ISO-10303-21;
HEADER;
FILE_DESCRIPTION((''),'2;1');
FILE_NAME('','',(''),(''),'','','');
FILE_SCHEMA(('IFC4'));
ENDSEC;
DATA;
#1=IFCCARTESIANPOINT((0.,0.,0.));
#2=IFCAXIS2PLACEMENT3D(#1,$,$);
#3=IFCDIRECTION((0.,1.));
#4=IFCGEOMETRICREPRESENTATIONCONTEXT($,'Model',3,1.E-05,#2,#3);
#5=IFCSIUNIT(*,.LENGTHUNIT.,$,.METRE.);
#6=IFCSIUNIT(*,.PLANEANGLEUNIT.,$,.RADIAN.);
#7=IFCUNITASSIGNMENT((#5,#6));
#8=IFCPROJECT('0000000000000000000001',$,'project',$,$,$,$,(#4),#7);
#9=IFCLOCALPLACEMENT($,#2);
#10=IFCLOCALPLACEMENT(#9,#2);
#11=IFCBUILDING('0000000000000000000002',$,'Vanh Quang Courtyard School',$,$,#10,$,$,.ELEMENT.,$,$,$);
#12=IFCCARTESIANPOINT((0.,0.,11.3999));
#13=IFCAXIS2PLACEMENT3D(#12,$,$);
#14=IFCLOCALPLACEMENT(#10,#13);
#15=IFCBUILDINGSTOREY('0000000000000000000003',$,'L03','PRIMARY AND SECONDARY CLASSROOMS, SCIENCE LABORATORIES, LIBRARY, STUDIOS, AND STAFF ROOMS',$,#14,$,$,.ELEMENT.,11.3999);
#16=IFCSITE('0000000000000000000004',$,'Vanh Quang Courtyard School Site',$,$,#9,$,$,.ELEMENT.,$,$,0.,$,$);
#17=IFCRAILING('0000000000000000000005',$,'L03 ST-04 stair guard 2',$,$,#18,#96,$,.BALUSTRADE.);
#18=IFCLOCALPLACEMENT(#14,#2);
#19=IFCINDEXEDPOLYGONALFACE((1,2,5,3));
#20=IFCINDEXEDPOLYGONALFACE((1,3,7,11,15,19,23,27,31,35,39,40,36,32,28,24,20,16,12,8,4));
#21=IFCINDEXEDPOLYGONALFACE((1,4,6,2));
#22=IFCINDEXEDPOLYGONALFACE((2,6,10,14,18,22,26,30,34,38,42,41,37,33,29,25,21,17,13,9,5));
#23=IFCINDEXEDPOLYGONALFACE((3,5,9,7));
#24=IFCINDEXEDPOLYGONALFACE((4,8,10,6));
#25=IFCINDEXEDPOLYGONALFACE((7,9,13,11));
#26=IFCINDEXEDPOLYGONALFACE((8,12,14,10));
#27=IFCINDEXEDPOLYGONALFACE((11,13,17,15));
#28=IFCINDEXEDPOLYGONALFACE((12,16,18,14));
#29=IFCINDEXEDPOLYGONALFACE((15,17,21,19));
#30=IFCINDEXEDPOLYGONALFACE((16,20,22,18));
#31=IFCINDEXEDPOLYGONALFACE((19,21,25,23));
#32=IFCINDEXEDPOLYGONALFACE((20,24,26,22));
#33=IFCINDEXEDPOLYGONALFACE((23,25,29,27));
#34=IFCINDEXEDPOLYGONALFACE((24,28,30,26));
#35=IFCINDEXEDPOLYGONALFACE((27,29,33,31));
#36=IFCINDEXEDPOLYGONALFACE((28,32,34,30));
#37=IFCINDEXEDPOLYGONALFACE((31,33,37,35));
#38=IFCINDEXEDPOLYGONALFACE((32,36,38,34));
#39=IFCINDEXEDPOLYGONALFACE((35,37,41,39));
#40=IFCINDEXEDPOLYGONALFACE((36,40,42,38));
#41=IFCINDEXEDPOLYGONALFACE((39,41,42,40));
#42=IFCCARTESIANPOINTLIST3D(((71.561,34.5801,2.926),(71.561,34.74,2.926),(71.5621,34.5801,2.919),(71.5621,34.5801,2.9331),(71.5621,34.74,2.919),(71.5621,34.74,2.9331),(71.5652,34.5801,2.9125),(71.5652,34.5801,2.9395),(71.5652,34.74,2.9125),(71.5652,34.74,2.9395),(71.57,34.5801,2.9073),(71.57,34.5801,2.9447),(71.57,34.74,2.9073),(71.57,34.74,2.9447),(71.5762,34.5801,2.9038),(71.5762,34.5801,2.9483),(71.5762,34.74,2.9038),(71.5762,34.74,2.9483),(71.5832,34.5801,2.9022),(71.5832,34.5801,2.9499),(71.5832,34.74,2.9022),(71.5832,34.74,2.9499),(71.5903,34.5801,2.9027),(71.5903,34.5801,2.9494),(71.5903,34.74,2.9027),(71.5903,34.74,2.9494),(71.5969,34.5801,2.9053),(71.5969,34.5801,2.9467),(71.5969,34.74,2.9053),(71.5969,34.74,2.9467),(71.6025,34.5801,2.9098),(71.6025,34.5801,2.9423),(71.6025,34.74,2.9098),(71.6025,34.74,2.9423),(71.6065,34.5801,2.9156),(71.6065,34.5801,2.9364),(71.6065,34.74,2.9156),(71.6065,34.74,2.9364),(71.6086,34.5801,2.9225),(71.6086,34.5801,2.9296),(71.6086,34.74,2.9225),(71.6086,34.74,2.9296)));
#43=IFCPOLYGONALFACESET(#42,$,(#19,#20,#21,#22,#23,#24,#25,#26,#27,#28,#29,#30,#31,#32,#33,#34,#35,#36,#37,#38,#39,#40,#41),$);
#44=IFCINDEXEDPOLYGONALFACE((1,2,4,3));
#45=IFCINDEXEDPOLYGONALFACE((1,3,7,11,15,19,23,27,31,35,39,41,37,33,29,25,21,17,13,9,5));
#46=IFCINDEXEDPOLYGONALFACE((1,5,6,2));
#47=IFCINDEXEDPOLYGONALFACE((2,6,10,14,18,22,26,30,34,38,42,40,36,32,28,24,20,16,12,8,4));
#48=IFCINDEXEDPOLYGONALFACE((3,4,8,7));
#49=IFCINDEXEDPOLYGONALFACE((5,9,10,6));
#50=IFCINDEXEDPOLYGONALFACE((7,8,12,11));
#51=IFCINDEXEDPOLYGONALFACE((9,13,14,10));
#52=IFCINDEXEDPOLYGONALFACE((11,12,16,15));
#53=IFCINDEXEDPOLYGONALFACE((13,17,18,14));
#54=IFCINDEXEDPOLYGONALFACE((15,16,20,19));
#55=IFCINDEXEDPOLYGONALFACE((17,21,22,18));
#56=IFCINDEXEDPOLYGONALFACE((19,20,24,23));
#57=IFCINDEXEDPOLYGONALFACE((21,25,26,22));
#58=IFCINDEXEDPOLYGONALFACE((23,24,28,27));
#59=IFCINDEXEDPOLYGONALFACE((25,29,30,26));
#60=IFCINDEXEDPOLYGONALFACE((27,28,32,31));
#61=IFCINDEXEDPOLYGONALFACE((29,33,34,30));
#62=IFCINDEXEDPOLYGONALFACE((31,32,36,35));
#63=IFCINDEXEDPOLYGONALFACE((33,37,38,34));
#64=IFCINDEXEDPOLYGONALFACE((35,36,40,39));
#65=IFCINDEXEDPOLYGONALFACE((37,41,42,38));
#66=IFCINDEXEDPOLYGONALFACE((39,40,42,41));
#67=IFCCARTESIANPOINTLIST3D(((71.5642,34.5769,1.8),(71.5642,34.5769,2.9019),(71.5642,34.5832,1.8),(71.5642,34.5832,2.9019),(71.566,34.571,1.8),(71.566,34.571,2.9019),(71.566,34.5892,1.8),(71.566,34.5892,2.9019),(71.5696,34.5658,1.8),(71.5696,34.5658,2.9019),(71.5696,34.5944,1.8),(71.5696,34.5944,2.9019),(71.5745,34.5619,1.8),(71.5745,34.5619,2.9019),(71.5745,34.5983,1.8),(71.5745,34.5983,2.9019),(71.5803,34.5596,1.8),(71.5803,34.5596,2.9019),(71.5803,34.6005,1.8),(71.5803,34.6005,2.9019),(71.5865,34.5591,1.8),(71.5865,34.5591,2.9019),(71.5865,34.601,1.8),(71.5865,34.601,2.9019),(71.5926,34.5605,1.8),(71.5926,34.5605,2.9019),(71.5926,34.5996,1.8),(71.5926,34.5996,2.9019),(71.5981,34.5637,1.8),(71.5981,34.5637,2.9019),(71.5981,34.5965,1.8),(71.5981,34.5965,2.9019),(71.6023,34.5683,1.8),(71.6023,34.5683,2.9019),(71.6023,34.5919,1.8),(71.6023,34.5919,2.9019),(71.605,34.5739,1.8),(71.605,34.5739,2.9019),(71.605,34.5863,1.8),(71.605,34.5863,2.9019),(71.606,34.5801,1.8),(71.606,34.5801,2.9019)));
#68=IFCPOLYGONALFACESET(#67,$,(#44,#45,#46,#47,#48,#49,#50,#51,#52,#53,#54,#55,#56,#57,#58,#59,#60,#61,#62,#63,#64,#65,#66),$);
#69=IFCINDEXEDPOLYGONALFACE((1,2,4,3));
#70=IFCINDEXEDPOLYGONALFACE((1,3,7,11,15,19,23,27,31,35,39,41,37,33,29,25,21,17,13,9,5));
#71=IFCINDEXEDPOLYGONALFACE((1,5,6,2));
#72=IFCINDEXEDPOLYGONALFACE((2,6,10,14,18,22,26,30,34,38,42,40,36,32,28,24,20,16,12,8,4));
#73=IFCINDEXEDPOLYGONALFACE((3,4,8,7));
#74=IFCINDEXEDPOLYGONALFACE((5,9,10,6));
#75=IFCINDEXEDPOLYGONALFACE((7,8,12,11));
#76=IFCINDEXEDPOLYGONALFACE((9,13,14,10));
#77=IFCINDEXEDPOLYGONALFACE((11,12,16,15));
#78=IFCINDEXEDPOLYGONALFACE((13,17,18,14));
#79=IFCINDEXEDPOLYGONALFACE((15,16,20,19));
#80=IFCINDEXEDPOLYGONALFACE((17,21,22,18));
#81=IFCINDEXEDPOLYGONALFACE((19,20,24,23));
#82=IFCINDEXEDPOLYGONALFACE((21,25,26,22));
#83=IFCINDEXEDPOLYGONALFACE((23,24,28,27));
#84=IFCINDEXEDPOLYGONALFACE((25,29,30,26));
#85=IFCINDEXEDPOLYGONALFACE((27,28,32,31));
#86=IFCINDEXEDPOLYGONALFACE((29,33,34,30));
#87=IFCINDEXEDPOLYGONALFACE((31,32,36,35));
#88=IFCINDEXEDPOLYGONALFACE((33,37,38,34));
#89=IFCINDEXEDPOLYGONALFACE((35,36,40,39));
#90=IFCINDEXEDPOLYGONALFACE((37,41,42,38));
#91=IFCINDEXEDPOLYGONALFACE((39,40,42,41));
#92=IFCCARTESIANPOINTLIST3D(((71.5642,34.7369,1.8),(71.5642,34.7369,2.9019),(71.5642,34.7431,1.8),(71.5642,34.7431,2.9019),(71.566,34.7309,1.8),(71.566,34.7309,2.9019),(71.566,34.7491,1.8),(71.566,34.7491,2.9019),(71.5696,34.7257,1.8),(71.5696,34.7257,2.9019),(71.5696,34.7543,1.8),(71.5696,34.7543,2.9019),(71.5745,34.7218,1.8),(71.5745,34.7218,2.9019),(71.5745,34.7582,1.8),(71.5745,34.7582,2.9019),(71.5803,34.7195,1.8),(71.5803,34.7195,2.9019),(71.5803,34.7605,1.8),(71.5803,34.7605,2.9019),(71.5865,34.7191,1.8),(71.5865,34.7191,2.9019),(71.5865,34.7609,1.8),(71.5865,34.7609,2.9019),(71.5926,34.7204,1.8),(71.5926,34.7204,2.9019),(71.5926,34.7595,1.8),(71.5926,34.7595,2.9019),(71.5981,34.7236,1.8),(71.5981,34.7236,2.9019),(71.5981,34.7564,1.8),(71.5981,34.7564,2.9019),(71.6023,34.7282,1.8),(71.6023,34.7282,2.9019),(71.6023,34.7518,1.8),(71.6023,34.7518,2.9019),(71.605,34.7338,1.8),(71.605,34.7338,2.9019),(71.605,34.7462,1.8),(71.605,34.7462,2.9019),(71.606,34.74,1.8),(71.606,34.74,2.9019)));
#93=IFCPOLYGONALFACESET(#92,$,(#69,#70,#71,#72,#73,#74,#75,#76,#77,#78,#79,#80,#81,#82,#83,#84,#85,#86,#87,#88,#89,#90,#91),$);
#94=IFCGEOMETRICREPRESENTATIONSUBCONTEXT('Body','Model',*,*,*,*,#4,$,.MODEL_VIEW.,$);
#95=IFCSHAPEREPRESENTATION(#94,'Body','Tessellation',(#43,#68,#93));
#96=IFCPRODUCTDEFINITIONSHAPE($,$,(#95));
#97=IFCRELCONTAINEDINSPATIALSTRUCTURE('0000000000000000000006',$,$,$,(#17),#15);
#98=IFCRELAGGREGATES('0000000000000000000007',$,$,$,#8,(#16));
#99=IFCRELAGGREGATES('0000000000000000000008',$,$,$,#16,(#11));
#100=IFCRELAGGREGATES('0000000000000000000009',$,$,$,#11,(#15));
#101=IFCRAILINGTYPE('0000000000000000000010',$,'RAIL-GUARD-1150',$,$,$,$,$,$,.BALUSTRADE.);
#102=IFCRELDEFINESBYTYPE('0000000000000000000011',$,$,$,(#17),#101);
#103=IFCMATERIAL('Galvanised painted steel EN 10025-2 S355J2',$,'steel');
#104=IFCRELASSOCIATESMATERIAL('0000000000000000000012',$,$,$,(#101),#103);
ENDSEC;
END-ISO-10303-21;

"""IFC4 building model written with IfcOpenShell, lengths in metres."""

from ifc_helpers import new_model, si_unit, direction, frame, origin, origin_2d, place, context, subcontext, project, spatial, circle, extrude, material, type_object, element, save


model = new_model("IFC4")

# Units and contexts
model_context = context("Model", 3, precision=1e-05, world=origin(), true_north=direction((0.0, 1.0)))
body_context = subcontext(model_context, "Body", "Model", "MODEL_VIEW")
ifc_project = project(units=[si_unit("LENGTHUNIT", "METRE"), si_unit("PLANEANGLEUNIT", "RADIAN")], contexts=[model_context])

# Site, building, storey
site_placement = place(None, origin())
site = spatial("IfcSite", under=ifc_project, at=site_placement, Name="Vanh Quang Courtyard School Site", CompositionType="ELEMENT", RefElevation=0.0)
building_placement = place(site_placement, origin())
building = spatial("IfcBuilding", under=site, at=building_placement, Name="Vanh Quang Courtyard School", CompositionType="ELEMENT")
storey_placement = place(building_placement, frame((0.0, 0.0, 11.3999)))
storey = spatial("IfcBuildingStorey", under=building, at=storey_placement, Name="L03", Description="PRIMARY AND SECONDARY CLASSROOMS, SCIENCE LABORATORIES, LIBRARY, STUDIOS, AND STAFF ROOMS", CompositionType="ELEMENT", Elevation=11.3999)

# Railing
ifc_material_1 = material(Name="Galvanised painted steel EN 10025-2 S355J2", Category="steel")
railing_type_1 = type_object("IfcRailingType", Name="RAIL-GUARD-1150", PredefinedType="BALUSTRADE", material=ifc_material_1)
railing_1_placement = place(storey_placement, frame((71.585, 34.5801, 1.8)))
element("IfcRailing", 1, at=railing_1_placement, inside=storey, type_object=railing_type_1, Name="L03 ST-04 stair guard 2", PredefinedType="BALUSTRADE", context=body_context, shape_type="SweptSolid", body=[
    extrude(circle(Radius=0.0239, at=origin_2d()), frame((0.0, 0.0, 1.126), z_axis=(0.0, 1.0, 0.0), x_axis=(-1.0, 0.0, 0.0)), (0.0, 0.0, 1.0), 0.1599),
    extrude(circle(Radius=0.021, at=origin_2d()), origin(), (0.0, 0.0, 1.0), 1.1018),
    extrude(circle(Radius=0.021, at=origin_2d()), frame((0.0, 0.1599, 0.0)), (0.0, 0.0, 1.0), 1.1018),
])

save(model, "model.ifc")
